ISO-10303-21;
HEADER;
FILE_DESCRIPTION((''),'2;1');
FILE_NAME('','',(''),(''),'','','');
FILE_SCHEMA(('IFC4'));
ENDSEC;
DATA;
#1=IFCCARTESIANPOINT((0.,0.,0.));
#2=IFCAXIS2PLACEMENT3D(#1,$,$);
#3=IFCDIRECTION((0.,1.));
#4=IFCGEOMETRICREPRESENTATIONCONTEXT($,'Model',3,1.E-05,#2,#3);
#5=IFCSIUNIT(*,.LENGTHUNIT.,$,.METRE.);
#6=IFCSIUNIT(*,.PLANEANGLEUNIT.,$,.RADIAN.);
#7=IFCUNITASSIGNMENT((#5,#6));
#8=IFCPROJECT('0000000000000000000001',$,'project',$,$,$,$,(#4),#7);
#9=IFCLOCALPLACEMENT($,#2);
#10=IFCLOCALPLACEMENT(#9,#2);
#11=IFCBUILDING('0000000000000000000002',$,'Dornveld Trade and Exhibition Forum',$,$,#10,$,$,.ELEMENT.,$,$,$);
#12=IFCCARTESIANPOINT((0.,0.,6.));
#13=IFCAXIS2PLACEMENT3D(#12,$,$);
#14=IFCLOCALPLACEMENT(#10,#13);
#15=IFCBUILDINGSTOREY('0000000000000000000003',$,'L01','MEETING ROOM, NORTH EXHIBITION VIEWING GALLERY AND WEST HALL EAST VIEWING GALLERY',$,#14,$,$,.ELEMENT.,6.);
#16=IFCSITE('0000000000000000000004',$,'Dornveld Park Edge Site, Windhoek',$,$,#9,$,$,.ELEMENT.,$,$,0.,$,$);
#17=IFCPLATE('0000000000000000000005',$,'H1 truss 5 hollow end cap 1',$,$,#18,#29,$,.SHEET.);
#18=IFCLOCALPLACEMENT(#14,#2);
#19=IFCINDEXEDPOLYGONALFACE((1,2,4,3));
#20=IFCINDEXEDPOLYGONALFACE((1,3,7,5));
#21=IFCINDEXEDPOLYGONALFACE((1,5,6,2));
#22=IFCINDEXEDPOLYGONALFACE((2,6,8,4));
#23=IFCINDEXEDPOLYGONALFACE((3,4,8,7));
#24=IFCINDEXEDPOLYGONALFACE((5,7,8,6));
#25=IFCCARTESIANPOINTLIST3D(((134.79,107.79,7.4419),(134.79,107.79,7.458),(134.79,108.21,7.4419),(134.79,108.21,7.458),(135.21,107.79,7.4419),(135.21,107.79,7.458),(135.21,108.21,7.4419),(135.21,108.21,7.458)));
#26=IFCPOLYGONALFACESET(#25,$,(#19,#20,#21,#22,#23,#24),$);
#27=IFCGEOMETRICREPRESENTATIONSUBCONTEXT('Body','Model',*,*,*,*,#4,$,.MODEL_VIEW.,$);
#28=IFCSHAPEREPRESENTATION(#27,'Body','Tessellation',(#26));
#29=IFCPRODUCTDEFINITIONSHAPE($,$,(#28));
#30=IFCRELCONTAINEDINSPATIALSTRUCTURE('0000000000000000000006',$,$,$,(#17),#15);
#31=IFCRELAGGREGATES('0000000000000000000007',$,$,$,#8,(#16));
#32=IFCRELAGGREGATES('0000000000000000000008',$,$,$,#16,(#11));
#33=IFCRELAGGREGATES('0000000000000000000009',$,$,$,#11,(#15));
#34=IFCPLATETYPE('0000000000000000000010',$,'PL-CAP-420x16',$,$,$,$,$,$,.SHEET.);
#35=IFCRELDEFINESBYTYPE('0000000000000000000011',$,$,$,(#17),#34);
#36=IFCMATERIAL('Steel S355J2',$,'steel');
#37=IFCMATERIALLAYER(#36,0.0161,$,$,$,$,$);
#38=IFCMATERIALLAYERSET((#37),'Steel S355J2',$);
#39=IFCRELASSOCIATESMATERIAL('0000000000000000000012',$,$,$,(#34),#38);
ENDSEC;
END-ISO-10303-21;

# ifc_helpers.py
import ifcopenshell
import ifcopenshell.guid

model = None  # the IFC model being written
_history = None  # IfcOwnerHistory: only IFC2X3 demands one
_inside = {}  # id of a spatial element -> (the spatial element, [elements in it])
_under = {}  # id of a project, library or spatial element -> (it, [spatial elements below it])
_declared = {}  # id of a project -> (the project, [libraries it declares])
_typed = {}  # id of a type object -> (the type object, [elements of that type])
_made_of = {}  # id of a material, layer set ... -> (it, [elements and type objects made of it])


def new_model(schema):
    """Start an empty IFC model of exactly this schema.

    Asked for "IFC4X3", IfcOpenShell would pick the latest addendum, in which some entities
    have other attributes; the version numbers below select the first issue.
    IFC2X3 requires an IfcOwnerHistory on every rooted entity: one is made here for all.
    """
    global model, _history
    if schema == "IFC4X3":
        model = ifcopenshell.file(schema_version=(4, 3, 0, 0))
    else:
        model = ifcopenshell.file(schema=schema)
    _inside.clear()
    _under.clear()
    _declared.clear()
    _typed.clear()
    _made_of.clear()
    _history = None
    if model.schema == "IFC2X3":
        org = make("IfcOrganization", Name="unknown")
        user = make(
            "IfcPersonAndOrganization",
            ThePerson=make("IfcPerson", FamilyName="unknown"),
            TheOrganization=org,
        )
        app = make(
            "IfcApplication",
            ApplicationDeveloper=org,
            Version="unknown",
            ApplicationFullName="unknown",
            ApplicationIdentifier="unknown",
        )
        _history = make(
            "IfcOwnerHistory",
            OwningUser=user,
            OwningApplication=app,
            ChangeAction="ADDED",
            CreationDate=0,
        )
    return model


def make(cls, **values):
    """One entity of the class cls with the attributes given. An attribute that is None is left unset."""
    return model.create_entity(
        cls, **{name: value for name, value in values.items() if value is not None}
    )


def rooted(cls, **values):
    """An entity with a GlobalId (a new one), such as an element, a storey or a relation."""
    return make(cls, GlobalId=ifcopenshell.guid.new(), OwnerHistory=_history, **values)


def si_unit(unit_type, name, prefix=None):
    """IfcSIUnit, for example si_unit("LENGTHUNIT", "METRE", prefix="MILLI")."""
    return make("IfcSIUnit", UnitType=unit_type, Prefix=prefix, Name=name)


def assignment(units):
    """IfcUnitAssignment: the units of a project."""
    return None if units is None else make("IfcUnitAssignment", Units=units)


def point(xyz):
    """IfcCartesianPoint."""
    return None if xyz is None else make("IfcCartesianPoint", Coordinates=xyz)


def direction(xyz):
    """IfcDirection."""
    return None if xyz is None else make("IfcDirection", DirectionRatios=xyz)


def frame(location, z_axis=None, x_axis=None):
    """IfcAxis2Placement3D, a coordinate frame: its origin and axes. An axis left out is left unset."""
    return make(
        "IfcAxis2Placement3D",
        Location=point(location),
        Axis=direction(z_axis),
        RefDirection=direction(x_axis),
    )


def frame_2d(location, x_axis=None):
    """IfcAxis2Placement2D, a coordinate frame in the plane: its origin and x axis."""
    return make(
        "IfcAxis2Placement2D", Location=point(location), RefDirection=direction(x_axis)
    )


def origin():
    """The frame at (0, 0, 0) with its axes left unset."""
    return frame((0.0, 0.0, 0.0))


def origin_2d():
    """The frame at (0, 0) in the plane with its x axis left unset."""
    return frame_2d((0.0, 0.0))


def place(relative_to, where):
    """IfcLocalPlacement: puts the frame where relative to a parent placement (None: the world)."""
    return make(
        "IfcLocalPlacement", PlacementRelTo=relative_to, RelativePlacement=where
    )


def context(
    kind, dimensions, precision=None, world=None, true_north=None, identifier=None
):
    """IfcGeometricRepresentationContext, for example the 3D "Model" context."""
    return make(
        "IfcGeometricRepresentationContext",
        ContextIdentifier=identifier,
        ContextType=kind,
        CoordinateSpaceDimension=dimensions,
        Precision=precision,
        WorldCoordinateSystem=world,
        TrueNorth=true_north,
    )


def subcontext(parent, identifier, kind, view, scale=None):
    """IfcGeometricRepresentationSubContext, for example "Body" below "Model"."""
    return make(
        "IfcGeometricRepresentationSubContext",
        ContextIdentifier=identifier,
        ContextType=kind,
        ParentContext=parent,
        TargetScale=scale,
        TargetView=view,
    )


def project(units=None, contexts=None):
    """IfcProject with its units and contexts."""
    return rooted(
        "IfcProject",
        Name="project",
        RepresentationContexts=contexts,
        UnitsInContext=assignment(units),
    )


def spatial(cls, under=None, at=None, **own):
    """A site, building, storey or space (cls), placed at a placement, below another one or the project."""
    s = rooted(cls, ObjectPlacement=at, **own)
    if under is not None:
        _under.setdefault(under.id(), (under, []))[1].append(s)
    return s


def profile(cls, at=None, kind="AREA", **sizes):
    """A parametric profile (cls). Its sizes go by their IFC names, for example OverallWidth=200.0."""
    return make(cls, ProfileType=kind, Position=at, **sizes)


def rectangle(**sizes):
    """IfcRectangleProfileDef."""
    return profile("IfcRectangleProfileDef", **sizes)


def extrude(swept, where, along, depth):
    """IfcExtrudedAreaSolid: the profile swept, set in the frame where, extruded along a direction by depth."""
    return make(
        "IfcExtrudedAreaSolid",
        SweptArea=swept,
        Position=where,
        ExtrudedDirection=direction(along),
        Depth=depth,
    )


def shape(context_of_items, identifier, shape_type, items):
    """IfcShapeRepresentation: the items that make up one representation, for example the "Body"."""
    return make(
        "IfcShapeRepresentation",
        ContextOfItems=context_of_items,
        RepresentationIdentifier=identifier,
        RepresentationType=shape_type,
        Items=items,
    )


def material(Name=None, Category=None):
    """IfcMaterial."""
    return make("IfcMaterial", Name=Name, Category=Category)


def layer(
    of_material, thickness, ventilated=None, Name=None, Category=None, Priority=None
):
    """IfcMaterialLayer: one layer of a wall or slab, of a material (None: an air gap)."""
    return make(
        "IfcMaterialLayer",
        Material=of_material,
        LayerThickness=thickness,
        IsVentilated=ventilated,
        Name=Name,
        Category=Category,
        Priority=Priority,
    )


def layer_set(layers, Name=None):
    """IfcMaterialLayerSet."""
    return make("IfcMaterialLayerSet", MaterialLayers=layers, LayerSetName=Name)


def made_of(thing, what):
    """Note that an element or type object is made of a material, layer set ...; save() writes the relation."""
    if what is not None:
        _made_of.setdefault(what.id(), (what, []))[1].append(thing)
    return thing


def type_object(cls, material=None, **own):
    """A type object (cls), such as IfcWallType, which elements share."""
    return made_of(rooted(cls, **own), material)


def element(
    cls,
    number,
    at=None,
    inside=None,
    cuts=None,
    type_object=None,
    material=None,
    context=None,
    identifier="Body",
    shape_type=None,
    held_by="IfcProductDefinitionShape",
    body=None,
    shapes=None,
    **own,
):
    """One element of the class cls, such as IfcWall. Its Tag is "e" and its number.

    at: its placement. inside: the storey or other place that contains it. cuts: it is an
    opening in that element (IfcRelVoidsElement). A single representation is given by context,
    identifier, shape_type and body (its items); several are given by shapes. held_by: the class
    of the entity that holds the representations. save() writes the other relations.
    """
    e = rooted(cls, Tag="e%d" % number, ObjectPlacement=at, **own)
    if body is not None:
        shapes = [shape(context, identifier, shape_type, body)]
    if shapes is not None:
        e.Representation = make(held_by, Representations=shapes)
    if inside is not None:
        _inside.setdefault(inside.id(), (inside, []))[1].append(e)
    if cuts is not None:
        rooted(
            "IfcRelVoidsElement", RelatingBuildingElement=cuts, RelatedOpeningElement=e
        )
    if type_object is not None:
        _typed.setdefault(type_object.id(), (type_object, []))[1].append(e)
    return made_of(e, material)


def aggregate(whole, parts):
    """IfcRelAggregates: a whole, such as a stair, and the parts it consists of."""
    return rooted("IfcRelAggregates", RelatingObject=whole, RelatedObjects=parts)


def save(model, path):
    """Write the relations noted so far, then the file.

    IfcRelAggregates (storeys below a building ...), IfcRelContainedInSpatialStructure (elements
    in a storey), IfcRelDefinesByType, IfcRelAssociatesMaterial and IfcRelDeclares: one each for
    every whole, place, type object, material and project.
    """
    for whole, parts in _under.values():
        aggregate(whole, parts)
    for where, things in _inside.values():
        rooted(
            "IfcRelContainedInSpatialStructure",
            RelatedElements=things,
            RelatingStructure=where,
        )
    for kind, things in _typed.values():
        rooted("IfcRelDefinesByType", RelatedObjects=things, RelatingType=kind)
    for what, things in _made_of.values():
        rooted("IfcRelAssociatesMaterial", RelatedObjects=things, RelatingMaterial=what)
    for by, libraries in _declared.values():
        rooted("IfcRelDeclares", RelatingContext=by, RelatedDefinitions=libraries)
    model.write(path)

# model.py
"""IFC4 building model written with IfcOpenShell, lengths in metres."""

from ifc_helpers import new_model, si_unit, direction, frame, origin, origin_2d, place, context, subcontext, project, spatial, rectangle, extrude, material, layer, layer_set, type_object, element, save


model = new_model("IFC4")

# Units and contexts
model_context = context("Model", 3, precision=1e-05, world=origin(), true_north=direction((0.0, 1.0)))
body_context = subcontext(model_context, "Body", "Model", "MODEL_VIEW")
ifc_project = project(units=[si_unit("LENGTHUNIT", "METRE"), si_unit("PLANEANGLEUNIT", "RADIAN")], contexts=[model_context])

# Site, building, storey
site_placement = place(None, origin())
site = spatial("IfcSite", under=ifc_project, at=site_placement, Name="Dornveld Park Edge Site, Windhoek", CompositionType="ELEMENT", RefElevation=0.0)
building_placement = place(site_placement, origin())
building = spatial("IfcBuilding", under=site, at=building_placement, Name="Dornveld Trade and Exhibition Forum", CompositionType="ELEMENT")
storey_placement = place(building_placement, frame((0.0, 0.0, 6.0)))
storey = spatial("IfcBuildingStorey", under=building, at=storey_placement, Name="L01", Description="MEETING ROOM, NORTH EXHIBITION VIEWING GALLERY AND WEST HALL EAST VIEWING GALLERY", CompositionType="ELEMENT", Elevation=6.0)

# Plate
ifc_material_1 = material(Name="Steel S355J2", Category="steel")
ifc_layer = layer(ifc_material_1, 0.0161)
ifc_layer_set = layer_set([ifc_layer], Name="Steel S355J2")
plate_type = type_object("IfcPlateType", Name="PL-CAP-420x16", PredefinedType="SHEET", material=ifc_layer_set)
for number, where, z_axis, x_axis, name in (
    (1, (135.0, 108.0, 7.4419), (0.0, 0.0, 1.0), (1.0, 0.0, 0.0), "H1 truss 5 hollow end cap 1"),
):
    element("IfcPlate", number, at=place(storey_placement, frame(where, z_axis=z_axis, x_axis=x_axis)), inside=storey, type_object=plate_type, Name=name, PredefinedType="SHEET", context=body_context, shape_type="SweptSolid", body=[
        extrude(rectangle(XDim=0.4199, YDim=0.4199, at=origin_2d()), origin(), (0.0, 0.0, 1.0), 0.0161),
    ])

save(model, "model.ifc")
